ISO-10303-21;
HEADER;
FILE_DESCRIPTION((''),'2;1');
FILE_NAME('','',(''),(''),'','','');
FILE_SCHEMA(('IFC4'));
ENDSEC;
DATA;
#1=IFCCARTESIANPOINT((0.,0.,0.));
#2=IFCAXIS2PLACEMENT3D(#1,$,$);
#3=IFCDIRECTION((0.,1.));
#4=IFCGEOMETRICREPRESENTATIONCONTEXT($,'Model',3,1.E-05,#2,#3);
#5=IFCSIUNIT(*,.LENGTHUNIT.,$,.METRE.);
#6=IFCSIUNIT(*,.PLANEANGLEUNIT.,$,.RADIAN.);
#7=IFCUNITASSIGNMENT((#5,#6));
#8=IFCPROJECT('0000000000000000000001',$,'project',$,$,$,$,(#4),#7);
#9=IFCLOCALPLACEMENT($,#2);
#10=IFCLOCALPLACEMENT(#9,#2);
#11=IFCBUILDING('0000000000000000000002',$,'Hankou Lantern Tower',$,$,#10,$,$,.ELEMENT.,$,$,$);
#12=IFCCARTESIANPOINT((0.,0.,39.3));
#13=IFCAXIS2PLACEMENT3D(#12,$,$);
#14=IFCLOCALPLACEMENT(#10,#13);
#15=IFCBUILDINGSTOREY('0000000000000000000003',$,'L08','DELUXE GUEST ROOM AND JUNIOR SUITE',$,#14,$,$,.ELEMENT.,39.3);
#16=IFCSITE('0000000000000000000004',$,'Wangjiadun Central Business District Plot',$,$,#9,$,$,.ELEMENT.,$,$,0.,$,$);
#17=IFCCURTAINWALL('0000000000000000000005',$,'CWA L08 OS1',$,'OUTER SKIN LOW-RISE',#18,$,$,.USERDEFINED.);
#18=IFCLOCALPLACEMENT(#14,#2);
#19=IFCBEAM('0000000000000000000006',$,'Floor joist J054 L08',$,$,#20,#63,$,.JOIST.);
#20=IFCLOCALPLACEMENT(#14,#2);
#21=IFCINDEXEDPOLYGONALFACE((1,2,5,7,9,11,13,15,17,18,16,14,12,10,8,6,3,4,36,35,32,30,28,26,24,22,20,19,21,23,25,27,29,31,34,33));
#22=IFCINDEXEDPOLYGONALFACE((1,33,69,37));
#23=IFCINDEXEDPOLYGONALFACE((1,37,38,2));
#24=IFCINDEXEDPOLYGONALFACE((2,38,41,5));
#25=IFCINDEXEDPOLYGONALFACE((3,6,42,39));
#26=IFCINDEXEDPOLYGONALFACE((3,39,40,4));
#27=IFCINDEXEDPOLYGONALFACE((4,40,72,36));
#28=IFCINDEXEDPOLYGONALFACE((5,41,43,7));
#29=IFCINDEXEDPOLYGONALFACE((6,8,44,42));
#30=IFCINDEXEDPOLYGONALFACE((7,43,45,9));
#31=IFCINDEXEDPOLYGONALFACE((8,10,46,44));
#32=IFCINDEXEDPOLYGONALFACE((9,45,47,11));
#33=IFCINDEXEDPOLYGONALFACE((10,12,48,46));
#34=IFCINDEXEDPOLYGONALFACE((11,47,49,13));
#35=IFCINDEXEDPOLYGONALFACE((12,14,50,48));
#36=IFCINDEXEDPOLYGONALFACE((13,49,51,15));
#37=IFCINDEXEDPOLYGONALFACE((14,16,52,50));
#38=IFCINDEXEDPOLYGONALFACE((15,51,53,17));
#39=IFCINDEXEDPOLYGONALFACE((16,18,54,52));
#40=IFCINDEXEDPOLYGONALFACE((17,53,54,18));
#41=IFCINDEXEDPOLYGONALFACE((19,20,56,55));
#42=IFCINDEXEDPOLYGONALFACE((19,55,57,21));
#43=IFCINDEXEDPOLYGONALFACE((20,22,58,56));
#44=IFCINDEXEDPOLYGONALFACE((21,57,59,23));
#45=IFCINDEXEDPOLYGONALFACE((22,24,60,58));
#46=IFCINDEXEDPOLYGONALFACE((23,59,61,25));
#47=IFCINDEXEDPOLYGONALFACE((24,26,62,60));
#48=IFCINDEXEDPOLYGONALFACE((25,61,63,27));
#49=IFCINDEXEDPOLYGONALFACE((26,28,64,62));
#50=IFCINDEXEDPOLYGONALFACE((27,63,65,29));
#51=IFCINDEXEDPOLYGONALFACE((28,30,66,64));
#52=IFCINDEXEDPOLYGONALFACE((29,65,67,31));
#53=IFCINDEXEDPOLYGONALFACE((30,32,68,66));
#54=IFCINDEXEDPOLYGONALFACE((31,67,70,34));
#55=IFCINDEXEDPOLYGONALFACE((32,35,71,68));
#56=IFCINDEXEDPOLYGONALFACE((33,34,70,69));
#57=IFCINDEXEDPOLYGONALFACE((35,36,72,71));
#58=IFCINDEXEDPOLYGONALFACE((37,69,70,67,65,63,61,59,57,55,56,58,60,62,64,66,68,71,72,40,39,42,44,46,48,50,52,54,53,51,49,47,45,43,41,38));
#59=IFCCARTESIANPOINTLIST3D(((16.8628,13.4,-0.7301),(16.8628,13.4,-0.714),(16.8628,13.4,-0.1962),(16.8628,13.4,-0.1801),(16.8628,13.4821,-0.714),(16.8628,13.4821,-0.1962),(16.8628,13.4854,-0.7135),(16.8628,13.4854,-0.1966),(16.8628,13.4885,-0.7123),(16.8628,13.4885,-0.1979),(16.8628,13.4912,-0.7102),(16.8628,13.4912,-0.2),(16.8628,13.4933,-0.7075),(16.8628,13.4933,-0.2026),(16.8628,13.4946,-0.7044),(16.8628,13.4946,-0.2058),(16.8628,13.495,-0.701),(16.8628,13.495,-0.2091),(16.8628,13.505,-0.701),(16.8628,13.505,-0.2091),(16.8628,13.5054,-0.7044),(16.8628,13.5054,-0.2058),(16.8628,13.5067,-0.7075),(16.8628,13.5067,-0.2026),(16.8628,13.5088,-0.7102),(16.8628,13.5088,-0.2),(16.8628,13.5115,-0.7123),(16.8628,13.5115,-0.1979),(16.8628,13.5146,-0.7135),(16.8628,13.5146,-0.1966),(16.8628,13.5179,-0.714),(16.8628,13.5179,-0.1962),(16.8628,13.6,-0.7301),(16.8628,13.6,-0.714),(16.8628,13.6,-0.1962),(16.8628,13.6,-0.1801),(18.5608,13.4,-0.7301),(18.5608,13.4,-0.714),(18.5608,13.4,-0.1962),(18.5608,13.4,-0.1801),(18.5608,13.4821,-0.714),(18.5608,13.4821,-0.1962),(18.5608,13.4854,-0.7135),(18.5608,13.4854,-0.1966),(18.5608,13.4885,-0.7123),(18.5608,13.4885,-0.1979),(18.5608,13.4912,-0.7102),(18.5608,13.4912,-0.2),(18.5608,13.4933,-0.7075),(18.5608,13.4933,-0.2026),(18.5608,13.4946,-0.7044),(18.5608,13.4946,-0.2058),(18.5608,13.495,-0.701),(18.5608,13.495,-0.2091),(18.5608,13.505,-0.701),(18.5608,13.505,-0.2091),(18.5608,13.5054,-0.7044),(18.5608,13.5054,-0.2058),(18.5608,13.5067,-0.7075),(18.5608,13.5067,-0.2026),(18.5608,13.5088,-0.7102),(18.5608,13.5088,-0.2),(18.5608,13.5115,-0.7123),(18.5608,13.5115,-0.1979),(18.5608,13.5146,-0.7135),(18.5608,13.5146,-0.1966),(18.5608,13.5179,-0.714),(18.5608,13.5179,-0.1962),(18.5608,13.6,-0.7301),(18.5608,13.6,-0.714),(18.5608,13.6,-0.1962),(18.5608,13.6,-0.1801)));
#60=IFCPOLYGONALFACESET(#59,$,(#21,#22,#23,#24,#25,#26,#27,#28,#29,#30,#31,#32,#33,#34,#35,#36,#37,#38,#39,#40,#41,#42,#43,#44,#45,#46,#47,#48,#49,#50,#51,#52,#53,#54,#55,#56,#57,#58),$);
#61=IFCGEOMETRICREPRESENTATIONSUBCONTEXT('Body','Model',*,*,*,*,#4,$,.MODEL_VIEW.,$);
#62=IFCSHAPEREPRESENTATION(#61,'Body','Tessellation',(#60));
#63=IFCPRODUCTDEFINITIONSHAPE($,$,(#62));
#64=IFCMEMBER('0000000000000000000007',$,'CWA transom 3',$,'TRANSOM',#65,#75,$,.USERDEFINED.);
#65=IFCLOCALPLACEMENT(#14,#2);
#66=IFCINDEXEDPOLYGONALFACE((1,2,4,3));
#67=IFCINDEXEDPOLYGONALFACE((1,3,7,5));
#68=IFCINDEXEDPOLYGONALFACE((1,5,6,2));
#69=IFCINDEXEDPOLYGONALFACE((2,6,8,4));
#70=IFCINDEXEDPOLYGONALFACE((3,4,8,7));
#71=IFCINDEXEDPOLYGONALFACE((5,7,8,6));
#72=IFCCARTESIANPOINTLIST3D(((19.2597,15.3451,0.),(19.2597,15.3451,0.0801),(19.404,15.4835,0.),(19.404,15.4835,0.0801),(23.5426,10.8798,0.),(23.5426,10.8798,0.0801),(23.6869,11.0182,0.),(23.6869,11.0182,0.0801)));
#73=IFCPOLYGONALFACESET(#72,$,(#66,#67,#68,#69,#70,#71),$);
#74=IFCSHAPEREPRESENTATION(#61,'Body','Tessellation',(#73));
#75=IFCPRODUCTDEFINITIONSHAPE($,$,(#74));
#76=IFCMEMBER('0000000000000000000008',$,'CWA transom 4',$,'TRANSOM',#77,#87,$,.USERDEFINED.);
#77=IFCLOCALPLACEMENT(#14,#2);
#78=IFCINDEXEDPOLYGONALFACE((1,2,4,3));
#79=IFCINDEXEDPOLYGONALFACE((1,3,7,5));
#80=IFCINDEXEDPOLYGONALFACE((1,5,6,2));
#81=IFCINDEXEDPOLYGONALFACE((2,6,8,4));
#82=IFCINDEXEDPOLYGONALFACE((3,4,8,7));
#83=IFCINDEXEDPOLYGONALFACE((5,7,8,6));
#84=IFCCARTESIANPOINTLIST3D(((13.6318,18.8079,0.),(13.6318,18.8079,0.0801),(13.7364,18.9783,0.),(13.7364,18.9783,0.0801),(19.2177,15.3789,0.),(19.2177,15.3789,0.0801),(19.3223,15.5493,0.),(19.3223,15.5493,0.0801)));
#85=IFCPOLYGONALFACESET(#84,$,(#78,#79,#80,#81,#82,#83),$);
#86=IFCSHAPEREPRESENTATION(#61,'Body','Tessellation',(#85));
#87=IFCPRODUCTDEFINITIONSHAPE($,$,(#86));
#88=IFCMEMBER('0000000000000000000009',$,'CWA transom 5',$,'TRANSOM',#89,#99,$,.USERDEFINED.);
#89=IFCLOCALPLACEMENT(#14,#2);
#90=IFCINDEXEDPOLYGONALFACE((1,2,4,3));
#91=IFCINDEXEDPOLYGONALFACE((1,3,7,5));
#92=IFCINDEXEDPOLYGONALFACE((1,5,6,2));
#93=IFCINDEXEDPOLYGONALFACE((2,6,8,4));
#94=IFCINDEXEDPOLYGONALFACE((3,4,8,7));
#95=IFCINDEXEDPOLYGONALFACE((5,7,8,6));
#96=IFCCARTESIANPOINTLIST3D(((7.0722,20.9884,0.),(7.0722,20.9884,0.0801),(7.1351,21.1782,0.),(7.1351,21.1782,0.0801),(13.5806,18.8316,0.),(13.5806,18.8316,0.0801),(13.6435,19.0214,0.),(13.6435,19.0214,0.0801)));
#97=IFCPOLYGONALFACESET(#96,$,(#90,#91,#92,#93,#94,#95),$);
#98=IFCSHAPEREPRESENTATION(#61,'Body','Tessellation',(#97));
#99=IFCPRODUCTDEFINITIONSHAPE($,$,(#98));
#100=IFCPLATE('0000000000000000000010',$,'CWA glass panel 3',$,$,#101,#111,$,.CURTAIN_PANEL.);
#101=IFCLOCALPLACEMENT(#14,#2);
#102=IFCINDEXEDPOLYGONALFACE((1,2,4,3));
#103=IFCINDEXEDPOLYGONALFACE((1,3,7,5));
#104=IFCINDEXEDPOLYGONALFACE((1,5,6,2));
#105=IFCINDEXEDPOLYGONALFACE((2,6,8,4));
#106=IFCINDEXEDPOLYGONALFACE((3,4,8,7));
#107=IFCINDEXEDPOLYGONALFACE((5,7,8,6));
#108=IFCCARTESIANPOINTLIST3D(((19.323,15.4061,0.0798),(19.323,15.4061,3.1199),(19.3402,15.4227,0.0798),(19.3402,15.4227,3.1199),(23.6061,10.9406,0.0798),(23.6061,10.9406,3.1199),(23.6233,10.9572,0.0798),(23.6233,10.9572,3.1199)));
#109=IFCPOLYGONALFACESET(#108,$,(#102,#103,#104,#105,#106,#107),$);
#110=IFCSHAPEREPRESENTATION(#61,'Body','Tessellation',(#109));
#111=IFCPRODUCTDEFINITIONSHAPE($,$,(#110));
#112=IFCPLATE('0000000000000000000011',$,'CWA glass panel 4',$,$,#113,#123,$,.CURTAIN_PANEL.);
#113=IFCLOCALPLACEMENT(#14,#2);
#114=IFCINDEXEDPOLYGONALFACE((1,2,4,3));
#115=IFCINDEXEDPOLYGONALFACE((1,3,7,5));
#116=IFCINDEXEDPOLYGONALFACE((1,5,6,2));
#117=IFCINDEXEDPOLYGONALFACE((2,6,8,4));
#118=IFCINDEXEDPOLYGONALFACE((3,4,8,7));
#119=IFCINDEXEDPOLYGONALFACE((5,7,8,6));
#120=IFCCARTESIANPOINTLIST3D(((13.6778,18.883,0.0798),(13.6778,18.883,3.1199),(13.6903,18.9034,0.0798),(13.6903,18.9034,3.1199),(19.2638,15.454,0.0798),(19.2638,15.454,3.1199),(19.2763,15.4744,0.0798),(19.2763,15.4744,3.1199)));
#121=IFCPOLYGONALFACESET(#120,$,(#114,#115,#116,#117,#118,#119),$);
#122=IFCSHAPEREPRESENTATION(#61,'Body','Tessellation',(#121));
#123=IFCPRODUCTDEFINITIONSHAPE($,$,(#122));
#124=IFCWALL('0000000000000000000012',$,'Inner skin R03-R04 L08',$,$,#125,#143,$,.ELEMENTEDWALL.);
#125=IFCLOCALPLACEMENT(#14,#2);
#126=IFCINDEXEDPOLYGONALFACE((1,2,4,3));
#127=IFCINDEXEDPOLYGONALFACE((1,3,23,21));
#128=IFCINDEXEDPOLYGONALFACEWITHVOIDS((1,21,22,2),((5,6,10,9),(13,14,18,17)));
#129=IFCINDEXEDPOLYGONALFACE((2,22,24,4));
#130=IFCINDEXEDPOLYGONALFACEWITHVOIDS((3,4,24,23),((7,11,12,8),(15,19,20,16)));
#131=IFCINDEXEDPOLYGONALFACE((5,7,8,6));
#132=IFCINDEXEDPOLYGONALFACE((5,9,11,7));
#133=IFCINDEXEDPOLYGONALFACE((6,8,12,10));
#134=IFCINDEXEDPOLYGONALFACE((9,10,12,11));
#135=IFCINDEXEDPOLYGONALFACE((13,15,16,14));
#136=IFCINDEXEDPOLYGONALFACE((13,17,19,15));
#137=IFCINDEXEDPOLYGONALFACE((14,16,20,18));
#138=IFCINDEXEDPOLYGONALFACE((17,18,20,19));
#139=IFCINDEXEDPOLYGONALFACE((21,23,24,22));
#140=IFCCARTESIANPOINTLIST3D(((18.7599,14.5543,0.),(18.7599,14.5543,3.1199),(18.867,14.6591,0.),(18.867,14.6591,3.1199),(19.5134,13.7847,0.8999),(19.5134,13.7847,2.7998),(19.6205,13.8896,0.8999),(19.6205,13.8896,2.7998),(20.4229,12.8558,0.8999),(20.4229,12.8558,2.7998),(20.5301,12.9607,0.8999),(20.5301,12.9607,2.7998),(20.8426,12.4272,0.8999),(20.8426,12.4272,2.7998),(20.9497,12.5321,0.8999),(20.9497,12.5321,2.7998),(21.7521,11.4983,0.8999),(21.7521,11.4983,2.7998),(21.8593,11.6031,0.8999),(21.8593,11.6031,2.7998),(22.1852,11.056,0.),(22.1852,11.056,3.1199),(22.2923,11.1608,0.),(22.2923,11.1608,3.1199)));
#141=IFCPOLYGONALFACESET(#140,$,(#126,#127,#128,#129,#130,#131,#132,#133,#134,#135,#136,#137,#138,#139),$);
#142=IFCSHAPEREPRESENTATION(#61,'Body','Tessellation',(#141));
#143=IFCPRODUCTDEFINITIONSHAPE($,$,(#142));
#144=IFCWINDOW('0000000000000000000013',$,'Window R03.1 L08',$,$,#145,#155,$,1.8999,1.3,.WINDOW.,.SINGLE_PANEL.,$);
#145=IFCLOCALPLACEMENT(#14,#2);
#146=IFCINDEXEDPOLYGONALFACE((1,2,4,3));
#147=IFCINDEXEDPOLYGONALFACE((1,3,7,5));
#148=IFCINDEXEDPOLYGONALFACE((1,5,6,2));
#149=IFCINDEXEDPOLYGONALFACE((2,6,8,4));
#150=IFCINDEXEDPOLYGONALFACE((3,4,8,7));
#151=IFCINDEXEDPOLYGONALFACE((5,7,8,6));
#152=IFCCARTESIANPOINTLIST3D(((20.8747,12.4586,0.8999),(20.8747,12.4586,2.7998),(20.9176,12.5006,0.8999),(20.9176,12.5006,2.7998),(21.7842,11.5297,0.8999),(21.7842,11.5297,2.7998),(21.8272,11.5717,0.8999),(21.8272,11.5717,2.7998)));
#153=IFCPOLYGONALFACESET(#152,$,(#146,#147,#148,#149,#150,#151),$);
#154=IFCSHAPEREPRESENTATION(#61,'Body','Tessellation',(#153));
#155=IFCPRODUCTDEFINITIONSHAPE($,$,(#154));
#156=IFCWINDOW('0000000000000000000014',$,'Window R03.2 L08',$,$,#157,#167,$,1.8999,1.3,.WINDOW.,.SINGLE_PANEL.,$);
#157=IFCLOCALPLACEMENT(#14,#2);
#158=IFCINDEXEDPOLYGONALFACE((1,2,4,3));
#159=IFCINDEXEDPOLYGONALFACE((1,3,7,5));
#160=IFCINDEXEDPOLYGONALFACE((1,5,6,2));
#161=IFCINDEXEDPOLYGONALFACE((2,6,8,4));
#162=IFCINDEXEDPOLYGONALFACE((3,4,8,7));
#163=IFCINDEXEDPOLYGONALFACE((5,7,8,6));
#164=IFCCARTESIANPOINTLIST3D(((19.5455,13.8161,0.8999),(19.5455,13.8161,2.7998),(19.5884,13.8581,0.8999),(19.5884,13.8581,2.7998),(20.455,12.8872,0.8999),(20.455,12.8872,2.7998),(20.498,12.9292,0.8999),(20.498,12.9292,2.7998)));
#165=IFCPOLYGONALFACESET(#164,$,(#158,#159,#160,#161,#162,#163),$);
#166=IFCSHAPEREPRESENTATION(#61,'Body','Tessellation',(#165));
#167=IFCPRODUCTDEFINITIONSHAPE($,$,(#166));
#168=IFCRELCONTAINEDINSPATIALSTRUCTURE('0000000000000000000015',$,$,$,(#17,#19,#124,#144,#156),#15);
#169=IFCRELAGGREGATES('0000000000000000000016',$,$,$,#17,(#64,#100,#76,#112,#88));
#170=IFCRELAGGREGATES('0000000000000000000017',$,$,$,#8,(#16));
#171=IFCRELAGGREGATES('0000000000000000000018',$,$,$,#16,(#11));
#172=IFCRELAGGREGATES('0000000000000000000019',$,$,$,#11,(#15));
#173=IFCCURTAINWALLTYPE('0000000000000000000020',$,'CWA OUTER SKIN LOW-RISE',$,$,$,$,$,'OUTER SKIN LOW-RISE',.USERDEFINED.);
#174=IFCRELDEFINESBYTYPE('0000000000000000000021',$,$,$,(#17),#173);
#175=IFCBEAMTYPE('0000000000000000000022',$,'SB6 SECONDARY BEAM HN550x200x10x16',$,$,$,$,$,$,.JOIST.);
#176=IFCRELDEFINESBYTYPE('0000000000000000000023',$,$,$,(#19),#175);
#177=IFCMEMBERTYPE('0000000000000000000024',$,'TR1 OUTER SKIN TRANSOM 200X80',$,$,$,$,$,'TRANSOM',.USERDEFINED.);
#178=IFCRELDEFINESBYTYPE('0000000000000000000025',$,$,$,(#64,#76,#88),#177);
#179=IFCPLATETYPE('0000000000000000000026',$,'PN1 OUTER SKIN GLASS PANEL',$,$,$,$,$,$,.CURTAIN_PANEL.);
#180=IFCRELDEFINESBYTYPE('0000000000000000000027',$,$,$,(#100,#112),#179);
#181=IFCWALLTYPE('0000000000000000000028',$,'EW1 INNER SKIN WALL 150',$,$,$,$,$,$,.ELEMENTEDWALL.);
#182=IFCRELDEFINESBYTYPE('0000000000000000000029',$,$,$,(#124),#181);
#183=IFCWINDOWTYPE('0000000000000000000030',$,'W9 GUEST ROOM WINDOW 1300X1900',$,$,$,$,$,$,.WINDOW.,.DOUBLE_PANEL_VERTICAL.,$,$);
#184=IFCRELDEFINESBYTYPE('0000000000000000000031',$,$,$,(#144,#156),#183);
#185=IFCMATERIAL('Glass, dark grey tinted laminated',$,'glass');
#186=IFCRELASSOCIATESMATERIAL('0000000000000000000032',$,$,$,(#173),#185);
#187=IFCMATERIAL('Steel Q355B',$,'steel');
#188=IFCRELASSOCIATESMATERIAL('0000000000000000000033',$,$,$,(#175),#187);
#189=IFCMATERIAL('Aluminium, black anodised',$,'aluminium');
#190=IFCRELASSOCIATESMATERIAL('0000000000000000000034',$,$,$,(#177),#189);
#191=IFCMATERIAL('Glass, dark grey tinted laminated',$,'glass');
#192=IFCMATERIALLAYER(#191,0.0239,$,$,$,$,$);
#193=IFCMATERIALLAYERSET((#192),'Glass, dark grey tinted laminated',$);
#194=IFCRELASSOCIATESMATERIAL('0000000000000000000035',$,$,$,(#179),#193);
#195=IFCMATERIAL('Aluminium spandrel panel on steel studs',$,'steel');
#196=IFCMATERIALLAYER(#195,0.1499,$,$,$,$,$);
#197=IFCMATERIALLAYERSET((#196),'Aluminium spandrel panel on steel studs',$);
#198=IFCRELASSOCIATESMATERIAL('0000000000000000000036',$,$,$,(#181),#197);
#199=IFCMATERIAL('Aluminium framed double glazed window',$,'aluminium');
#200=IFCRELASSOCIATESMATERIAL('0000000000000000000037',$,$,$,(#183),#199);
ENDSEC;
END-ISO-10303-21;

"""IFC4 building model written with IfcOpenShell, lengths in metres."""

from ifc_helpers import new_model, si_unit, direction, frame, frame_2d, origin, origin_2d, place, context, subcontext, project, spatial, rectangle, i_section, extrude, material, layer, layer_set, material_profile, profile_set, type_object, element, fill, aggregate, save


model = new_model("IFC4")

# Units and contexts
model_context = context("Model", 3, precision=1e-05, world=origin(), true_north=direction((0.0, 1.0)))
body_context = subcontext(model_context, "Body", "Model", "MODEL_VIEW")
ifc_project = project(units=[si_unit("LENGTHUNIT", "METRE"), si_unit("PLANEANGLEUNIT", "RADIAN")], contexts=[model_context])

# Site, building, storey
site_placement = place(None, origin())
site = spatial("IfcSite", under=ifc_project, at=site_placement, Name="Wangjiadun Central Business District Plot", CompositionType="ELEMENT", RefElevation=0.0)
building_placement = place(site_placement, origin())
building = spatial("IfcBuilding", under=site, at=building_placement, Name="Hankou Lantern Tower", CompositionType="ELEMENT")
storey_placement = place(building_placement, frame((0.0, 0.0, 39.3)))
storey = spatial("IfcBuildingStorey", under=building, at=storey_placement, Name="L08", Description="DELUXE GUEST ROOM AND JUNIOR SUITE", CompositionType="ELEMENT", Elevation=39.3)

# Curtain wall
ifc_material_1 = material(Name="Glass, dark grey tinted laminated", Category="glass")
curtain_wall_type = type_object("IfcCurtainWallType", Name="CWA OUTER SKIN LOW-RISE", ElementType="OUTER SKIN LOW-RISE", PredefinedType="USERDEFINED", material=ifc_material_1)
curtain_wall_placement = place(storey_placement, origin())
curtain_wall = element("IfcCurtainWall", 1, at=curtain_wall_placement, inside=storey, type_object=curtain_wall_type, Name="CWA L08 OS1", ObjectType="OUTER SKIN LOW-RISE", PredefinedType="USERDEFINED")

# Beam
ifc_material_2 = material(Name="Steel Q355B", Category="steel")
ifc_material_profile_1 = material_profile(ifc_material_2, i_section(OverallWidth=0.2, OverallDepth=0.55, WebThickness=0.01, FlangeThickness=0.0161, FilletRadius=0.0129, at=origin_2d()), Name="HN550x200x10x16")
ifc_profile_set_1 = profile_set([ifc_material_profile_1], Name="Steel Q355B")
beam_type_1 = type_object("IfcBeamType", Name="SB6 SECONDARY BEAM HN550x200x10x16", PredefinedType="JOIST", material=ifc_profile_set_1)
beam_1_placement = place(storey_placement, frame((16.8628, 13.5, -0.4551), z_axis=(1.0, 0.0, 0.0), x_axis=(0.0, 1.0, 0.0)))
element("IfcBeam", 2, at=beam_1_placement, inside=storey, type_object=beam_type_1, Name="Floor joist J054 L08", PredefinedType="JOIST", context=body_context, shape_type="SweptSolid", body=[
    extrude(i_section(OverallWidth=0.2, OverallDepth=0.55, WebThickness=0.01, FlangeThickness=0.0161, FilletRadius=0.0129, at=origin_2d()), origin(), (0.0, 0.0, 1.0), 1.698),
])

# Members
ifc_material_3 = material(Name="Aluminium, black anodised", Category="aluminium")
ifc_material_profile_2 = material_profile(ifc_material_3, rectangle(XDim=0.2, YDim=0.0801, at=origin_2d()), Name="TR1 200X80")
ifc_profile_set_2 = profile_set([ifc_material_profile_2], Name="Aluminium, black anodised")
member_type_1 = type_object("IfcMemberType", Name="TR1 OUTER SKIN TRANSOM 200X80", ElementType="TRANSOM", PredefinedType="USERDEFINED", material=ifc_profile_set_2)
member_1_placement = place(storey_placement, frame((23.6147, 10.949, 0.04), z_axis=(-0.692216, 0.721691, 0.0), x_axis=(-0.721691, -0.692216, 0.0)))
member_1 = element("IfcMember", 3, at=member_1_placement, type_object=member_type_1, Name="CWA transom 3", ObjectType="TRANSOM", PredefinedType="USERDEFINED", context=body_context, shape_type="SweptSolid", body=[
    extrude(rectangle(XDim=0.2, YDim=0.0801, at=origin_2d()), origin(), (0.0, 0.0, 1.0), 6.1873),
])
member_2_placement = place(storey_placement, frame((19.27, 15.4641, 0.04), z_axis=(-0.85224, 0.523152, 0.0), x_axis=(-0.523152, -0.85224, 0.0)))
member_2 = element("IfcMember", 4, at=member_2_placement, type_object=member_type_1, Name="CWA transom 4", ObjectType="TRANSOM", PredefinedType="USERDEFINED", context=body_context, shape_type="SweptSolid", body=[
    extrude(rectangle(XDim=0.2, YDim=0.0801, at=origin_2d()), origin(), (0.0, 0.0, 1.0), 6.5544),
])
member_3_placement = place(storey_placement, frame((13.6121, 18.9265, 0.04), z_axis=(-0.949237, 0.314561, 0.0), x_axis=(-0.314561, -0.949237, 0.0)))
member_3 = element("IfcMember", 5, at=member_3_placement, type_object=member_type_1, Name="CWA transom 5", ObjectType="TRANSOM", PredefinedType="USERDEFINED", context=body_context, shape_type="SweptSolid", body=[
    extrude(rectangle(XDim=0.2, YDim=0.0801, at=origin_2d()), origin(), (0.0, 0.0, 1.0), 6.8564),
])

# Plates
ifc_material_4 = material(Name="Glass, dark grey tinted laminated", Category="glass")
ifc_layer_1 = layer(ifc_material_4, 0.0239)
ifc_layer_set_1 = layer_set([ifc_layer_1], Name="Glass, dark grey tinted laminated")
plate_type = type_object("IfcPlateType", Name="PN1 OUTER SKIN GLASS PANEL", PredefinedType="CURTAIN_PANEL", material=ifc_layer_set_1)
plate_1_placement = place(storey_placement, frame((21.4731, 13.1816, 0.0798), z_axis=(0.0, 0.0, 1.0), x_axis=(-0.692216, 0.721691, 0.0)))
plate_1 = element("IfcPlate", 6, at=plate_1_placement, type_object=plate_type, Name="CWA glass panel 3", PredefinedType="CURTAIN_PANEL", context=body_context, shape_type="SweptSolid", body=[
    extrude(rectangle(XDim=6.1875, YDim=0.0239, at=origin_2d()), origin(), (0.0, 0.0, 1.0), 3.04),
])
plate_2_placement = place(storey_placement, frame((16.4771, 17.1787, 0.0798), z_axis=(0.0, 0.0, 1.0), x_axis=(-0.852237, 0.523156, 0.0)))
plate_2 = element("IfcPlate", 7, at=plate_2_placement, type_object=plate_type, Name="CWA glass panel 4", PredefinedType="CURTAIN_PANEL", context=body_context, shape_type="SweptSolid", body=[
    extrude(rectangle(XDim=6.5544, YDim=0.0239, at=origin_2d()), origin(), (0.0, 0.0, 1.0), 3.04),
])
aggregate(curtain_wall, [member_1, plate_1, member_2, plate_2, member_3])

# Wall, openings, windows
ifc_material_5 = material(Name="Aluminium spandrel panel on steel studs", Category="steel")
ifc_layer_2 = layer(ifc_material_5, 0.1499)
ifc_layer_set_2 = layer_set([ifc_layer_2], Name="Aluminium spandrel panel on steel studs")
wall_type_1 = type_object("IfcWallType", Name="EW1 INNER SKIN WALL 150", PredefinedType="ELEMENTEDWALL", material=ifc_layer_set_2)
wall_1_placement = place(storey_placement, frame((22.2388, 11.1084, 0.0), z_axis=(0.0, 0.0, 1.0), x_axis=(-0.699613, 0.714522, 0.0)))
wall_1 = element("IfcWall", 8, at=wall_1_placement, inside=storey, type_object=wall_type_1, Name="Inner skin R03-R04 L08", PredefinedType="ELEMENTEDWALL", context=body_context, shape_type="SweptSolid", body=[
    extrude(rectangle(XDim=4.896, YDim=0.1499, at=frame_2d((2.448, 0.0))), origin(), (0.0, 0.0, 1.0), 3.1199),
])
opening_1_placement = place(wall_1_placement, frame((0.6191, 0.0, 0.8999)))
opening_1 = element("IfcOpeningElement", 9, at=opening_1_placement, cuts=wall_1, PredefinedType="OPENING", context=body_context, shape_type="SweptSolid", body=[
    extrude(rectangle(XDim=1.3, YDim=1.8999, at=frame_2d((0.6499, 0.95))), frame((0.0, 0.085, 0.0), z_axis=(0.0, -1.0, 0.0), x_axis=(1.0, 0.0, 0.0)), (0.0, 0.0, 1.0), 0.1699),
])
opening_2_placement = place(wall_1_placement, frame((2.519, 0.0, 0.8999)))
opening_2 = element("IfcOpeningElement", 10, at=opening_2_placement, cuts=wall_1, PredefinedType="OPENING", context=body_context, shape_type="SweptSolid", body=[
    extrude(rectangle(XDim=1.3, YDim=1.8999, at=frame_2d((0.6499, 0.95))), frame((0.0, 0.085, 0.0), z_axis=(0.0, -1.0, 0.0), x_axis=(1.0, 0.0, 0.0)), (0.0, 0.0, 1.0), 0.1699),
])
ifc_material_6 = material(Name="Aluminium framed double glazed window", Category="aluminium")
window_type = type_object("IfcWindowType", Name="W9 GUEST ROOM WINDOW 1300X1900", PartitioningType="DOUBLE_PANEL_VERTICAL", PredefinedType="WINDOW", material=ifc_material_6)
window_1_placement = place(opening_1_placement, origin())
window_1 = element("IfcWindow", 11, at=window_1_placement, inside=storey, type_object=window_type, Name="Window R03.1 L08", OverallHeight=1.8999, OverallWidth=1.3, PartitioningType="SINGLE_PANEL", PredefinedType="WINDOW", context=body_context, shape_type="SweptSolid", body=[
    extrude(rectangle(XDim=1.3, YDim=1.8999, at=frame_2d((0.6499, 0.95))), frame((0.0, 0.03, 0.0), z_axis=(0.0, -1.0, 0.0), x_axis=(1.0, 0.0, 0.0)), (0.0, 0.0, 1.0), 0.0601),
])
fill(opening_1, window_1)
window_2_placement = place(opening_2_placement, origin())
window_2 = element("IfcWindow", 12, at=window_2_placement, inside=storey, type_object=window_type, Name="Window R03.2 L08", OverallHeight=1.8999, OverallWidth=1.3, PartitioningType="SINGLE_PANEL", PredefinedType="WINDOW", context=body_context, shape_type="SweptSolid", body=[
    extrude(rectangle(XDim=1.3, YDim=1.8999, at=frame_2d((0.6499, 0.95))), frame((0.0, 0.03, 0.0), z_axis=(0.0, -1.0, 0.0), x_axis=(1.0, 0.0, 0.0)), (0.0, 0.0, 1.0), 0.0601),
])
fill(opening_2, window_2)

save(model, "model.ifc")
